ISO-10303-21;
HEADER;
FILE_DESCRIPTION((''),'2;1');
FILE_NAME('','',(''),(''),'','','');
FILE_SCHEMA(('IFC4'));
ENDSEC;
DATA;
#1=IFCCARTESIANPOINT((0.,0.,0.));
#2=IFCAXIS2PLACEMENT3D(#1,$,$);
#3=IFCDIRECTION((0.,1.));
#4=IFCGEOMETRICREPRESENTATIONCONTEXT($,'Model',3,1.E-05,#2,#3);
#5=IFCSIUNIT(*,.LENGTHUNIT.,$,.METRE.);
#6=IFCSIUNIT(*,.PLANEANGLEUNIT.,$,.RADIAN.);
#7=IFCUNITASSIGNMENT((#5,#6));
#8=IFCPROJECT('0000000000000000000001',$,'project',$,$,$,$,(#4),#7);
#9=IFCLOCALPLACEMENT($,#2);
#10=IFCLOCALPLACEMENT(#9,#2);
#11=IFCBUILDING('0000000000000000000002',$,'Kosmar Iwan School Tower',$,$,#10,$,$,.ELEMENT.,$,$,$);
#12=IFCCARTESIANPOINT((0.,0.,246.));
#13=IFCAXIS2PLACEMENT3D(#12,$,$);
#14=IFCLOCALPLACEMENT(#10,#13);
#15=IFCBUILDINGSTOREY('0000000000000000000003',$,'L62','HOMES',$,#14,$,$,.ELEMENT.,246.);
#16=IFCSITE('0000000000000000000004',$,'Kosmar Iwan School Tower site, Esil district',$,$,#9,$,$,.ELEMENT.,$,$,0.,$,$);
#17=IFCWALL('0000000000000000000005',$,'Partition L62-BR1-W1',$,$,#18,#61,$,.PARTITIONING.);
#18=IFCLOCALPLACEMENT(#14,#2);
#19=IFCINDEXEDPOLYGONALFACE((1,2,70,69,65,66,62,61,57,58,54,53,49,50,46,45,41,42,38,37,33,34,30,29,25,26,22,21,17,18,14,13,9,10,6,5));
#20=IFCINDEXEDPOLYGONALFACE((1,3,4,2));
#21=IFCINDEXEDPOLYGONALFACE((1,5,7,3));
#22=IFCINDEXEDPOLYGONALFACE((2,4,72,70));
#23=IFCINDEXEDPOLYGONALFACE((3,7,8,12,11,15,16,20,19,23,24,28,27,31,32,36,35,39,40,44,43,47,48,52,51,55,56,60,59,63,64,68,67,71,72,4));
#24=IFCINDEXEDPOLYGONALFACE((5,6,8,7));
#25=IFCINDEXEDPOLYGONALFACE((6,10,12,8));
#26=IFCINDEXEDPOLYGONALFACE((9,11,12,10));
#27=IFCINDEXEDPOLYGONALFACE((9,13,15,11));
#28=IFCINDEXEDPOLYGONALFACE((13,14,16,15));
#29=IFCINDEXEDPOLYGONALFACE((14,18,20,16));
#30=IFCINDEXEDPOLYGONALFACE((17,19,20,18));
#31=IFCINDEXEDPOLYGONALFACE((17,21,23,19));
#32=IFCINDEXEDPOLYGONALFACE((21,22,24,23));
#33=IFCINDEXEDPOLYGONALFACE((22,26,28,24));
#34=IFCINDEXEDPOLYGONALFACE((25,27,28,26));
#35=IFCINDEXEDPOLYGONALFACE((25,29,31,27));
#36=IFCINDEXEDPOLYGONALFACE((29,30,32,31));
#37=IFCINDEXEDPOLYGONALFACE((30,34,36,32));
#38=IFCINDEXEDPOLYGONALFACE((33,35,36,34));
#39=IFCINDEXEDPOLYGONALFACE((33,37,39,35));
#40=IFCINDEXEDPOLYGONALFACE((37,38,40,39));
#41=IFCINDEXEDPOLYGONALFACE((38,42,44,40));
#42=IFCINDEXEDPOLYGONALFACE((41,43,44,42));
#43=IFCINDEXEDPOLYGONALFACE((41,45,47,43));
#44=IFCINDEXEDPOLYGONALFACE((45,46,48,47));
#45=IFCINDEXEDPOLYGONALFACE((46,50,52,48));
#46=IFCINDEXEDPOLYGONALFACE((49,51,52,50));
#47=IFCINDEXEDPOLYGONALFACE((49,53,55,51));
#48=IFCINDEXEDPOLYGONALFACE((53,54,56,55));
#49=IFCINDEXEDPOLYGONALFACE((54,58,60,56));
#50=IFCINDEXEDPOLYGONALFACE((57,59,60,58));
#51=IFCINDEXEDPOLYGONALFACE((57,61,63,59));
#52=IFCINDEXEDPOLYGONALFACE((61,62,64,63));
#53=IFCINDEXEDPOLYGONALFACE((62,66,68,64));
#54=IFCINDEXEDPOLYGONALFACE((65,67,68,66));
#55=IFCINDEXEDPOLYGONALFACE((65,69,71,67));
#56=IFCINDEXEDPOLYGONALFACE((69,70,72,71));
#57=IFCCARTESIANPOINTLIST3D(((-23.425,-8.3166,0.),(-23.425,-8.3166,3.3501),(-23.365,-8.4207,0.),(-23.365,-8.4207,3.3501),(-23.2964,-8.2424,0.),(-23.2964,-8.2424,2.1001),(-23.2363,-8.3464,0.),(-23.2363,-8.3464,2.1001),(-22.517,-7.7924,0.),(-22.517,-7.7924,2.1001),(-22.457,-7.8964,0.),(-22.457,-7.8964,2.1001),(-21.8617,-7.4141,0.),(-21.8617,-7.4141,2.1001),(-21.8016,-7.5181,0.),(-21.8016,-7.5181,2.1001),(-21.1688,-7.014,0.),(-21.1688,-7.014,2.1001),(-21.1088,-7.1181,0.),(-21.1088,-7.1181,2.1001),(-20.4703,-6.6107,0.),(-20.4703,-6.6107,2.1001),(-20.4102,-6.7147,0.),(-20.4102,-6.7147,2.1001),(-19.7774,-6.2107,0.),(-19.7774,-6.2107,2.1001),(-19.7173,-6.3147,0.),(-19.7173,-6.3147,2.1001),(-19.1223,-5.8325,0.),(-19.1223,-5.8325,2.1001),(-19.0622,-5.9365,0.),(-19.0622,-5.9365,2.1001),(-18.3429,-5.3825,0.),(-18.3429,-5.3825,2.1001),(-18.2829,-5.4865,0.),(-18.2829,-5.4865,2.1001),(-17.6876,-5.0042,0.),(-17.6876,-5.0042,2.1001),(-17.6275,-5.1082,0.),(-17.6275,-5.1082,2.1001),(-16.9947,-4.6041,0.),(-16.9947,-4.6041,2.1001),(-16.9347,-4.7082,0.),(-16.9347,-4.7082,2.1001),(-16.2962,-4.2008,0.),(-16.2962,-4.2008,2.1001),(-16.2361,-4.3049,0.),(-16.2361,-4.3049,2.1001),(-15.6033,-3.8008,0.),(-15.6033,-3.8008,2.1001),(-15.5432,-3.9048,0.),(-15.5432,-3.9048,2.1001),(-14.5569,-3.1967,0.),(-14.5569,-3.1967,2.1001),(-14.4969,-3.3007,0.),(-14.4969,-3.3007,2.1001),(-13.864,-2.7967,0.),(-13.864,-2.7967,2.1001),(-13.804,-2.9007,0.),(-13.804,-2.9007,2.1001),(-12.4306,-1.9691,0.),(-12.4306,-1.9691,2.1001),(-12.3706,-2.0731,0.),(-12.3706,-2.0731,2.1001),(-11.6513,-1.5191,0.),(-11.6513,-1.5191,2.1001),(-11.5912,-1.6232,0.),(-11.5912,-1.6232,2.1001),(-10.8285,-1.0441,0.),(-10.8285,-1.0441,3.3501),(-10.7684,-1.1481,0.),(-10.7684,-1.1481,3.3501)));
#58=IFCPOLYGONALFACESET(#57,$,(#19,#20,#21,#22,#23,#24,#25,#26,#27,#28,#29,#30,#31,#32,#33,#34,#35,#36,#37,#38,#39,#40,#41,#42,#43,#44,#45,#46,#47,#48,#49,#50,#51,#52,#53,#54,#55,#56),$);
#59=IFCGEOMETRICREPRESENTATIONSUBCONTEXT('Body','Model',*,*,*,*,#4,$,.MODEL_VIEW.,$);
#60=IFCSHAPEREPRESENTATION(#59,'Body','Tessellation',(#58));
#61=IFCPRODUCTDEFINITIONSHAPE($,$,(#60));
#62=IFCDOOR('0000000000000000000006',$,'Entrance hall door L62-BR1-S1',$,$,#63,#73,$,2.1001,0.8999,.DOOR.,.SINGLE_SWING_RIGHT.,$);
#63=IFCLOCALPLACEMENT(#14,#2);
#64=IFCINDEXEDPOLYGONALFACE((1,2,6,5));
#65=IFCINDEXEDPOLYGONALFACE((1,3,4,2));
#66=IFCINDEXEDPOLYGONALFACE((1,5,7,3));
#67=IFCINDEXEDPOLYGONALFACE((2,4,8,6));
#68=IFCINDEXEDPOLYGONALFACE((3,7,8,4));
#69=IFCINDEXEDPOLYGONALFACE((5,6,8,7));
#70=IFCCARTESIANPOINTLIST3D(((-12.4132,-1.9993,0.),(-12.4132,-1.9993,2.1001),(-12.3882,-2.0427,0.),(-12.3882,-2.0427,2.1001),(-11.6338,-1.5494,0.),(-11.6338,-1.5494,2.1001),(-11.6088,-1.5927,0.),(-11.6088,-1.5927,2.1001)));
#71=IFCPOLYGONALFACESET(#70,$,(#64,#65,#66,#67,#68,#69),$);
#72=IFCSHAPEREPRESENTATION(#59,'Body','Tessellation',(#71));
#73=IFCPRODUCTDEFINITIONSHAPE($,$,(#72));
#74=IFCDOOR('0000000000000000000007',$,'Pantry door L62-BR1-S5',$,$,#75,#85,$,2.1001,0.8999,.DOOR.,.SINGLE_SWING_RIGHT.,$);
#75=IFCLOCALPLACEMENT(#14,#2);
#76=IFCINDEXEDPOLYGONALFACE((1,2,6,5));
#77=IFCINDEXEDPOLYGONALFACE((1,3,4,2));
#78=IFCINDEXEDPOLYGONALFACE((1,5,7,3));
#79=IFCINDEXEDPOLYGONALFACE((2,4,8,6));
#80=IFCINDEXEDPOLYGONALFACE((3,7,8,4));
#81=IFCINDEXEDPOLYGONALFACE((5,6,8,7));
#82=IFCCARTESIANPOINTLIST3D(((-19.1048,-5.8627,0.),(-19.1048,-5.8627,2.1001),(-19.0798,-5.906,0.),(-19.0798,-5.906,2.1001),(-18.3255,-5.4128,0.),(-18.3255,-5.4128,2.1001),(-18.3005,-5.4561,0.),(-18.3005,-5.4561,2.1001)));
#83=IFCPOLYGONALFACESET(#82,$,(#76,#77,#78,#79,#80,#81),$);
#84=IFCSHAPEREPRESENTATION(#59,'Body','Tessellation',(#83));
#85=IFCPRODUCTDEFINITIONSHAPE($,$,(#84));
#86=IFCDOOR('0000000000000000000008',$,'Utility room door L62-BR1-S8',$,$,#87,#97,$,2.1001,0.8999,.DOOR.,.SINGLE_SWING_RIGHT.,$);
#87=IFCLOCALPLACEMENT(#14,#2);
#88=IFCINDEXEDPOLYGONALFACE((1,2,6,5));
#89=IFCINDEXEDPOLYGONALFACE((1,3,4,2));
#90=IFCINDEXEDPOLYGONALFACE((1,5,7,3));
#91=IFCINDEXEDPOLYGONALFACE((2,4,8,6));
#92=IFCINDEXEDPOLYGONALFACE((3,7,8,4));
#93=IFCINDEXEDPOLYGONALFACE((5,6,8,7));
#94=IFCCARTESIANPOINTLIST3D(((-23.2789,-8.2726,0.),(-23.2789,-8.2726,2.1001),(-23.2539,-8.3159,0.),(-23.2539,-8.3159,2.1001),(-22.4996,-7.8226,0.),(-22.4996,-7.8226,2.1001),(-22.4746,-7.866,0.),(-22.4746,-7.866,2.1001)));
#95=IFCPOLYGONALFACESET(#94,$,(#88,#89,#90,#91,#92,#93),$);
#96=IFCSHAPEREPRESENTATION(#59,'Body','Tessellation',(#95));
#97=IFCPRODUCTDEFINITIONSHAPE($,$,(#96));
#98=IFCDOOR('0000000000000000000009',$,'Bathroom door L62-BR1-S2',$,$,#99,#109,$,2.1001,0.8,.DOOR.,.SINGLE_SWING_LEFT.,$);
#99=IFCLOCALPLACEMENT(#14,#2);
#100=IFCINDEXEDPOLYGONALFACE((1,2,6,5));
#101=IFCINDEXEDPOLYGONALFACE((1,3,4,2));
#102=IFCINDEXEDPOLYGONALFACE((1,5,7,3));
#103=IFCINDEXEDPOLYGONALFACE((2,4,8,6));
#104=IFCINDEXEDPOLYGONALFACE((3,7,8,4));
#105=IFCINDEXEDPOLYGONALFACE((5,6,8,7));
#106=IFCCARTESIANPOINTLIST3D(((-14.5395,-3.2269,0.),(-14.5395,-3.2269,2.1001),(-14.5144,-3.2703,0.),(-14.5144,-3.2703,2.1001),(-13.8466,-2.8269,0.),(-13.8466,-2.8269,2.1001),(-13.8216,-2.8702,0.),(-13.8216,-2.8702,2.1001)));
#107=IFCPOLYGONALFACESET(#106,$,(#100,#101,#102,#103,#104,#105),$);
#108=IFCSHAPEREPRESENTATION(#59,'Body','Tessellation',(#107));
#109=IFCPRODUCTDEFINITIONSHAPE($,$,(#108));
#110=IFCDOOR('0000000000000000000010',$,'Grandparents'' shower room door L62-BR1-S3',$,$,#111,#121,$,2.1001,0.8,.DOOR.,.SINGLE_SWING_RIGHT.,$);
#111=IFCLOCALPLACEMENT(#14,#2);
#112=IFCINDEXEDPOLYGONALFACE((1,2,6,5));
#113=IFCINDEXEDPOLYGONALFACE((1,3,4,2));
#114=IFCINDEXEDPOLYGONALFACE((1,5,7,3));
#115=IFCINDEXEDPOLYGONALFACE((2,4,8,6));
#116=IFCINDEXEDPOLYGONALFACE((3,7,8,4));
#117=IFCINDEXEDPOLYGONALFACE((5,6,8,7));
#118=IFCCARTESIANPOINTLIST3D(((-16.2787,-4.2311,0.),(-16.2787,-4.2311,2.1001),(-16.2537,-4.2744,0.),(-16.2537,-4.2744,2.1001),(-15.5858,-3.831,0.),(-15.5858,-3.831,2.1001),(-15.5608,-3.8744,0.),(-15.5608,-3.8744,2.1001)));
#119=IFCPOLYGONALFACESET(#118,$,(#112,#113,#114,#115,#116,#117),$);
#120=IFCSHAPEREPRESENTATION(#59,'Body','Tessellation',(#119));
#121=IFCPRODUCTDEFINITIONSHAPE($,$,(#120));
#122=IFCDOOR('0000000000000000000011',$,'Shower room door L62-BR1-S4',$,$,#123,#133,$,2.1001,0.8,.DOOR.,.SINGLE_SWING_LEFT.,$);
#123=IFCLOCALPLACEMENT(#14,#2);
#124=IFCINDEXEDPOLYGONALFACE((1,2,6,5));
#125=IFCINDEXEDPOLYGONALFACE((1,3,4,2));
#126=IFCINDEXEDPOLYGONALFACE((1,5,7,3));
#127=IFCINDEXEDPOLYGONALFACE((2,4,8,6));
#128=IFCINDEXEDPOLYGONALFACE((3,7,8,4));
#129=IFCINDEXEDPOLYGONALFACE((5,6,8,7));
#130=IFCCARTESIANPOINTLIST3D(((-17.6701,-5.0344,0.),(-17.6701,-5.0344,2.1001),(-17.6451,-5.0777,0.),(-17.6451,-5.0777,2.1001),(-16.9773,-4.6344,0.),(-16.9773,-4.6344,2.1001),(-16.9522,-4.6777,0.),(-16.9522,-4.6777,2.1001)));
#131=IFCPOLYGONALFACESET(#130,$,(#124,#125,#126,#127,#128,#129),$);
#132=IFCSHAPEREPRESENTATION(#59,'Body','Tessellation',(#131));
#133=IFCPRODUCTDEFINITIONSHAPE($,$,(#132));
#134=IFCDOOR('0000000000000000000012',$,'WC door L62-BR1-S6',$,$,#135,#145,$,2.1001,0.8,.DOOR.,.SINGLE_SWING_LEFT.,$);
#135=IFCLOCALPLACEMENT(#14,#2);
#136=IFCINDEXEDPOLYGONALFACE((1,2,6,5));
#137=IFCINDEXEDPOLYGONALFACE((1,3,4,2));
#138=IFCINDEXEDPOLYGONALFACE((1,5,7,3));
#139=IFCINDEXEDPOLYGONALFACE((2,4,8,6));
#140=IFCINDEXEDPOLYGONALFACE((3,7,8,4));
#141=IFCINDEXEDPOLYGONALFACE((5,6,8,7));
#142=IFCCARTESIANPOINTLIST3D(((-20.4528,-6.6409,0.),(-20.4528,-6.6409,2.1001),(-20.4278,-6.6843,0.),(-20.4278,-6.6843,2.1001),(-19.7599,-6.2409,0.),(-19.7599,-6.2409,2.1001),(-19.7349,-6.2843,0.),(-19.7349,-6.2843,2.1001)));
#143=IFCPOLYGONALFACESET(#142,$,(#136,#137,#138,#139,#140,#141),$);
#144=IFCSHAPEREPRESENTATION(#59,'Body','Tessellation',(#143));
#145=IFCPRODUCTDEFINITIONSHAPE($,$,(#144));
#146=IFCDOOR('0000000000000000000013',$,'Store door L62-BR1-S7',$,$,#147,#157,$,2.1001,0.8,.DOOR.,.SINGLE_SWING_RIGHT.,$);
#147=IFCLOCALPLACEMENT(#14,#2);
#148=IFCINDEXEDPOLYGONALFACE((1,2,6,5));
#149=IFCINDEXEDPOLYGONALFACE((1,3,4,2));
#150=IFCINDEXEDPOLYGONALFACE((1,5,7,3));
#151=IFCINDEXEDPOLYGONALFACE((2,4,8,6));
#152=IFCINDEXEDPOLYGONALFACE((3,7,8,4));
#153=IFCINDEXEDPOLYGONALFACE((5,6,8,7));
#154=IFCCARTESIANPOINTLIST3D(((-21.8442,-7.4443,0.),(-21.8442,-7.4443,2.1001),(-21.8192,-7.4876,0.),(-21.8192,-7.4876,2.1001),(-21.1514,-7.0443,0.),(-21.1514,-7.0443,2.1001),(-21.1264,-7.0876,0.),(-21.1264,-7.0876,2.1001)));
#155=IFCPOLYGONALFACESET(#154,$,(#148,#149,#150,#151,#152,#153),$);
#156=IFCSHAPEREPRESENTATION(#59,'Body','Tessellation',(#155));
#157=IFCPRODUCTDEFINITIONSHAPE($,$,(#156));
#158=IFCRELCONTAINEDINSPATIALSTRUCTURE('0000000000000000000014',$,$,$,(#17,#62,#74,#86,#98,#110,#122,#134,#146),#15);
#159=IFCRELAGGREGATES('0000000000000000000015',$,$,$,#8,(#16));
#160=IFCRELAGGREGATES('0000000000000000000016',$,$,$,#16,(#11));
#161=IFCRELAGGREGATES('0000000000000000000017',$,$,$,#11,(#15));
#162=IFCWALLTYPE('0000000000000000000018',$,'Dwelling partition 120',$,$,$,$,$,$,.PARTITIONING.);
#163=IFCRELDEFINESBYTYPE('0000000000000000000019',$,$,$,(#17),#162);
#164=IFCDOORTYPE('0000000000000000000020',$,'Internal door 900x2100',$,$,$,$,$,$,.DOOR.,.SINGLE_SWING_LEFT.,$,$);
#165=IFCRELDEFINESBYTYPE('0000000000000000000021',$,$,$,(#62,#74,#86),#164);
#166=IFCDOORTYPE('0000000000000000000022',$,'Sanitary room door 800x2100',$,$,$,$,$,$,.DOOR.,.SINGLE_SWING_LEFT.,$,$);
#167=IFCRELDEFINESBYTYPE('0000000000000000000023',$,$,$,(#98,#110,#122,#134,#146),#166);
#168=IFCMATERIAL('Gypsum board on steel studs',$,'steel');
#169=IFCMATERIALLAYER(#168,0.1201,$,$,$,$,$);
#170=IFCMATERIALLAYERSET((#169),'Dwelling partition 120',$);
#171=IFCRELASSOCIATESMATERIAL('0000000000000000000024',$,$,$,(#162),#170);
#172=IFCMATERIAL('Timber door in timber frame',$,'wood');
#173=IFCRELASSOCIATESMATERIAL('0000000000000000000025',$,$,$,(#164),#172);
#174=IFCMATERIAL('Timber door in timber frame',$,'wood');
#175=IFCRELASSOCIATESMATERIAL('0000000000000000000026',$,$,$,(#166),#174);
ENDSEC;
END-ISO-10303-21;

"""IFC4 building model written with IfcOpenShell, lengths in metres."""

from ifc_helpers import new_model, si_unit, direction, frame, frame_2d, origin, place, context, subcontext, project, spatial, rectangle, extrude, material, layer, layer_set, type_object, element, fill, save


model = new_model("IFC4")

# Units and contexts
model_context = context("Model", 3, precision=1e-05, world=origin(), true_north=direction((0.0, 1.0)))
body_context = subcontext(model_context, "Body", "Model", "MODEL_VIEW")
ifc_project = project(units=[si_unit("LENGTHUNIT", "METRE"), si_unit("PLANEANGLEUNIT", "RADIAN")], contexts=[model_context])

# Site, building, storey
site_placement = place(None, origin())
site = spatial("IfcSite", under=ifc_project, at=site_placement, Name="Kosmar Iwan School Tower site, Esil district", CompositionType="ELEMENT", RefElevation=0.0)
building_placement = place(site_placement, origin())
building = spatial("IfcBuilding", under=site, at=building_placement, Name="Kosmar Iwan School Tower", CompositionType="ELEMENT")
storey_placement = place(building_placement, frame((0.0, 0.0, 246.0)))
storey = spatial("IfcBuildingStorey", under=building, at=storey_placement, Name="L62", Description="HOMES", CompositionType="ELEMENT", Elevation=246.0)

# Shared definitions
ifc_material_1 = material(Name="Gypsum board on steel studs", Category="steel")
ifc_layer_1 = layer(ifc_material_1, 0.1201)
ifc_layer_set_1 = layer_set([ifc_layer_1], Name="Dwelling partition 120")
wall_type_1 = type_object("IfcWallType", Name="Dwelling partition 120", PredefinedType="PARTITIONING", material=ifc_layer_set_1)

# Wall, openings, doors
wall_1_placement = place(storey_placement, frame((-10.7986, -1.0962, 0.0), z_axis=(0.0, 0.0, 1.0), x_axis=(-0.866028, -0.499995, 0.0)))
wall_1 = element("IfcWall", 1, at=wall_1_placement, inside=storey, type_object=wall_type_1, Name="Partition L62-BR1-W1", PredefinedType="PARTITIONING", context=body_context, shape_type="SweptSolid", body=[
    extrude(rectangle(XDim=14.5452, YDim=0.1201, at=frame_2d((7.2725, 0.0))), origin(), (0.0, 0.0, 1.0), 3.3501),
])
opening_1_placement = place(wall_1_placement, frame((0.95, 0.0, 0.0)))
opening_1 = element("IfcOpeningElement", 2, at=opening_1_placement, cuts=wall_1, PredefinedType="OPENING", context=body_context, shape_type="SweptSolid", body=[
    extrude(rectangle(XDim=0.8999, YDim=2.1001, at=frame_2d((0.45, 1.05))), frame((0.0, 0.072, 0.0), z_axis=(0.0, -1.0, 0.0), x_axis=(1.0, 0.0, 0.0)), (0.0, 0.0, 1.0), 0.144),
])
opening_2_placement = place(wall_1_placement, frame((3.5051, 0.0, 0.0)))
opening_2 = element("IfcOpeningElement", 3, at=opening_2_placement, cuts=wall_1, PredefinedType="OPENING", context=body_context, shape_type="SweptSolid", body=[
    extrude(rectangle(XDim=0.8, YDim=2.1001, at=frame_2d((0.3999, 1.05))), frame((0.0, 0.072, 0.0), z_axis=(0.0, -1.0, 0.0), x_axis=(1.0, 0.0, 0.0)), (0.0, 0.0, 1.0), 0.144),
])
opening_3_placement = place(wall_1_placement, frame((5.5134, 0.0, 0.0)))
opening_3 = element("IfcOpeningElement", 4, at=opening_3_placement, cuts=wall_1, PredefinedType="OPENING", context=body_context, shape_type="SweptSolid", body=[
    extrude(rectangle(XDim=0.8, YDim=2.1001, at=frame_2d((0.3999, 1.05))), frame((0.0, 0.072, 0.0), z_axis=(0.0, -1.0, 0.0), x_axis=(1.0, 0.0, 0.0)), (0.0, 0.0, 1.0), 0.144),
])
opening_4_placement = place(wall_1_placement, frame((7.1201, 0.0, 0.0)))
opening_4 = element("IfcOpeningElement", 5, at=opening_4_placement, cuts=wall_1, PredefinedType="OPENING", context=body_context, shape_type="SweptSolid", body=[
    extrude(rectangle(XDim=0.8, YDim=2.1001, at=frame_2d((0.3999, 1.05))), frame((0.0, 0.072, 0.0), z_axis=(0.0, -1.0, 0.0), x_axis=(1.0, 0.0, 0.0)), (0.0, 0.0, 1.0), 0.144),
])
opening_5_placement = place(wall_1_placement, frame((8.6768, 0.0, 0.0)))
opening_5 = element("IfcOpeningElement", 6, at=opening_5_placement, cuts=wall_1, PredefinedType="OPENING", context=body_context, shape_type="SweptSolid", body=[
    extrude(rectangle(XDim=0.8999, YDim=2.1001, at=frame_2d((0.45, 1.05))), frame((0.0, 0.072, 0.0), z_axis=(0.0, -1.0, 0.0), x_axis=(1.0, 0.0, 0.0)), (0.0, 0.0, 1.0), 0.144),
])
opening_6_placement = place(wall_1_placement, frame((10.3333, 0.0, 0.0)))
opening_6 = element("IfcOpeningElement", 7, at=opening_6_placement, cuts=wall_1, PredefinedType="OPENING", context=body_context, shape_type="SweptSolid", body=[
    extrude(rectangle(XDim=0.8, YDim=2.1001, at=frame_2d((0.3999, 1.05))), frame((0.0, 0.072, 0.0), z_axis=(0.0, -1.0, 0.0), x_axis=(1.0, 0.0, 0.0)), (0.0, 0.0, 1.0), 0.144),
])
opening_7_placement = place(wall_1_placement, frame((11.9399, 0.0, 0.0)))
opening_7 = element("IfcOpeningElement", 8, at=opening_7_placement, cuts=wall_1, PredefinedType="OPENING", context=body_context, shape_type="SweptSolid", body=[
    extrude(rectangle(XDim=0.8, YDim=2.1001, at=frame_2d((0.3999, 1.05))), frame((0.0, 0.072, 0.0), z_axis=(0.0, -1.0, 0.0), x_axis=(1.0, 0.0, 0.0)), (0.0, 0.0, 1.0), 0.144),
])
opening_8_placement = place(wall_1_placement, frame((13.4966, 0.0, 0.0)))
opening_8 = element("IfcOpeningElement", 9, at=opening_8_placement, cuts=wall_1, PredefinedType="OPENING", context=body_context, shape_type="SweptSolid", body=[
    extrude(rectangle(XDim=0.8999, YDim=2.1001, at=frame_2d((0.45, 1.05))), frame((0.0, 0.072, 0.0), z_axis=(0.0, -1.0, 0.0), x_axis=(1.0, 0.0, 0.0)), (0.0, 0.0, 1.0), 0.144),
])
ifc_material_2 = material(Name="Timber door in timber frame", Category="wood")
door_type_1 = type_object("IfcDoorType", Name="Internal door 900x2100", OperationType="SINGLE_SWING_LEFT", PredefinedType="DOOR", material=ifc_material_2)
door_1_placement = place(opening_1_placement, origin())
door_1 = element("IfcDoor", 10, at=door_1_placement, inside=storey, type_object=door_type_1, Name="Entrance hall door L62-BR1-S1", OperationType="SINGLE_SWING_RIGHT", OverallHeight=2.1001, OverallWidth=0.8999, PredefinedType="DOOR", context=body_context, shape_type="SweptSolid", body=[
    extrude(rectangle(XDim=0.8999, YDim=2.1001, at=frame_2d((0.45, 1.05))), frame((0.0, 0.0249, 0.0), z_axis=(0.0, -1.0, 0.0), x_axis=(1.0, 0.0, 0.0)), (0.0, 0.0, 1.0), 0.05),
])
fill(opening_1, door_1)
door_2_placement = place(opening_5_placement, origin())
door_2 = element("IfcDoor", 11, at=door_2_placement, inside=storey, type_object=door_type_1, Name="Pantry door L62-BR1-S5", OperationType="SINGLE_SWING_RIGHT", OverallHeight=2.1001, OverallWidth=0.8999, PredefinedType="DOOR", context=body_context, shape_type="SweptSolid", body=[
    extrude(rectangle(XDim=0.8999, YDim=2.1001, at=frame_2d((0.45, 1.05))), frame((0.0, 0.0249, 0.0), z_axis=(0.0, -1.0, 0.0), x_axis=(1.0, 0.0, 0.0)), (0.0, 0.0, 1.0), 0.05),
])
fill(opening_5, door_2)
door_3_placement = place(opening_8_placement, origin())
door_3 = element("IfcDoor", 12, at=door_3_placement, inside=storey, type_object=door_type_1, Name="Utility room door L62-BR1-S8", OperationType="SINGLE_SWING_RIGHT", OverallHeight=2.1001, OverallWidth=0.8999, PredefinedType="DOOR", context=body_context, shape_type="SweptSolid", body=[
    extrude(rectangle(XDim=0.8999, YDim=2.1001, at=frame_2d((0.45, 1.05))), frame((0.0, 0.0249, 0.0), z_axis=(0.0, -1.0, 0.0), x_axis=(1.0, 0.0, 0.0)), (0.0, 0.0, 1.0), 0.05),
])
fill(opening_8, door_3)
ifc_material_3 = material(Name="Timber door in timber frame", Category="wood")
door_type_2 = type_object("IfcDoorType", Name="Sanitary room door 800x2100", OperationType="SINGLE_SWING_LEFT", PredefinedType="DOOR", material=ifc_material_3)
door_4_placement = place(opening_2_placement, origin())
door_4 = element("IfcDoor", 13, at=door_4_placement, inside=storey, type_object=door_type_2, Name="Bathroom door L62-BR1-S2", OperationType="SINGLE_SWING_LEFT", OverallHeight=2.1001, OverallWidth=0.8, PredefinedType="DOOR", context=body_context, shape_type="SweptSolid", body=[
    extrude(rectangle(XDim=0.8, YDim=2.1001, at=frame_2d((0.3999, 1.05))), frame((0.0, 0.0249, 0.0), z_axis=(0.0, -1.0, 0.0), x_axis=(1.0, 0.0, 0.0)), (0.0, 0.0, 1.0), 0.05),
])
fill(opening_2, door_4)
door_5_placement = place(opening_3_placement, origin())
door_5 = element("IfcDoor", 14, at=door_5_placement, inside=storey, type_object=door_type_2, Name="Grandparents' shower room door L62-BR1-S3", OperationType="SINGLE_SWING_RIGHT", OverallHeight=2.1001, OverallWidth=0.8, PredefinedType="DOOR", context=body_context, shape_type="SweptSolid", body=[
    extrude(rectangle(XDim=0.8, YDim=2.1001, at=frame_2d((0.3999, 1.05))), frame((0.0, 0.0249, 0.0), z_axis=(0.0, -1.0, 0.0), x_axis=(1.0, 0.0, 0.0)), (0.0, 0.0, 1.0), 0.05),
])
fill(opening_3, door_5)
door_6_placement = place(opening_4_placement, origin())
door_6 = element("IfcDoor", 15, at=door_6_placement, inside=storey, type_object=door_type_2, Name="Shower room door L62-BR1-S4", OperationType="SINGLE_SWING_LEFT", OverallHeight=2.1001, OverallWidth=0.8, PredefinedType="DOOR", context=body_context, shape_type="SweptSolid", body=[
    extrude(rectangle(XDim=0.8, YDim=2.1001, at=frame_2d((0.3999, 1.05))), frame((0.0, 0.0249, 0.0), z_axis=(0.0, -1.0, 0.0), x_axis=(1.0, 0.0, 0.0)), (0.0, 0.0, 1.0), 0.05),
])
fill(opening_4, door_6)
door_7_placement = place(opening_6_placement, origin())
door_7 = element("IfcDoor", 16, at=door_7_placement, inside=storey, type_object=door_type_2, Name="WC door L62-BR1-S6", OperationType="SINGLE_SWING_LEFT", OverallHeight=2.1001, OverallWidth=0.8, PredefinedType="DOOR", context=body_context, shape_type="SweptSolid", body=[
    extrude(rectangle(XDim=0.8, YDim=2.1001, at=frame_2d((0.3999, 1.05))), frame((0.0, 0.0249, 0.0), z_axis=(0.0, -1.0, 0.0), x_axis=(1.0, 0.0, 0.0)), (0.0, 0.0, 1.0), 0.05),
])
fill(opening_6, door_7)
door_8_placement = place(opening_7_placement, origin())
door_8 = element("IfcDoor", 17, at=door_8_placement, inside=storey, type_object=door_type_2, Name="Store door L62-BR1-S7", OperationType="SINGLE_SWING_RIGHT", OverallHeight=2.1001, OverallWidth=0.8, PredefinedType="DOOR", context=body_context, shape_type="SweptSolid", body=[
    extrude(rectangle(XDim=0.8, YDim=2.1001, at=frame_2d((0.3999, 1.05))), frame((0.0, 0.0249, 0.0), z_axis=(0.0, -1.0, 0.0), x_axis=(1.0, 0.0, 0.0)), (0.0, 0.0, 1.0), 0.05),
])
fill(opening_7, door_8)

save(model, "model.ifc")
